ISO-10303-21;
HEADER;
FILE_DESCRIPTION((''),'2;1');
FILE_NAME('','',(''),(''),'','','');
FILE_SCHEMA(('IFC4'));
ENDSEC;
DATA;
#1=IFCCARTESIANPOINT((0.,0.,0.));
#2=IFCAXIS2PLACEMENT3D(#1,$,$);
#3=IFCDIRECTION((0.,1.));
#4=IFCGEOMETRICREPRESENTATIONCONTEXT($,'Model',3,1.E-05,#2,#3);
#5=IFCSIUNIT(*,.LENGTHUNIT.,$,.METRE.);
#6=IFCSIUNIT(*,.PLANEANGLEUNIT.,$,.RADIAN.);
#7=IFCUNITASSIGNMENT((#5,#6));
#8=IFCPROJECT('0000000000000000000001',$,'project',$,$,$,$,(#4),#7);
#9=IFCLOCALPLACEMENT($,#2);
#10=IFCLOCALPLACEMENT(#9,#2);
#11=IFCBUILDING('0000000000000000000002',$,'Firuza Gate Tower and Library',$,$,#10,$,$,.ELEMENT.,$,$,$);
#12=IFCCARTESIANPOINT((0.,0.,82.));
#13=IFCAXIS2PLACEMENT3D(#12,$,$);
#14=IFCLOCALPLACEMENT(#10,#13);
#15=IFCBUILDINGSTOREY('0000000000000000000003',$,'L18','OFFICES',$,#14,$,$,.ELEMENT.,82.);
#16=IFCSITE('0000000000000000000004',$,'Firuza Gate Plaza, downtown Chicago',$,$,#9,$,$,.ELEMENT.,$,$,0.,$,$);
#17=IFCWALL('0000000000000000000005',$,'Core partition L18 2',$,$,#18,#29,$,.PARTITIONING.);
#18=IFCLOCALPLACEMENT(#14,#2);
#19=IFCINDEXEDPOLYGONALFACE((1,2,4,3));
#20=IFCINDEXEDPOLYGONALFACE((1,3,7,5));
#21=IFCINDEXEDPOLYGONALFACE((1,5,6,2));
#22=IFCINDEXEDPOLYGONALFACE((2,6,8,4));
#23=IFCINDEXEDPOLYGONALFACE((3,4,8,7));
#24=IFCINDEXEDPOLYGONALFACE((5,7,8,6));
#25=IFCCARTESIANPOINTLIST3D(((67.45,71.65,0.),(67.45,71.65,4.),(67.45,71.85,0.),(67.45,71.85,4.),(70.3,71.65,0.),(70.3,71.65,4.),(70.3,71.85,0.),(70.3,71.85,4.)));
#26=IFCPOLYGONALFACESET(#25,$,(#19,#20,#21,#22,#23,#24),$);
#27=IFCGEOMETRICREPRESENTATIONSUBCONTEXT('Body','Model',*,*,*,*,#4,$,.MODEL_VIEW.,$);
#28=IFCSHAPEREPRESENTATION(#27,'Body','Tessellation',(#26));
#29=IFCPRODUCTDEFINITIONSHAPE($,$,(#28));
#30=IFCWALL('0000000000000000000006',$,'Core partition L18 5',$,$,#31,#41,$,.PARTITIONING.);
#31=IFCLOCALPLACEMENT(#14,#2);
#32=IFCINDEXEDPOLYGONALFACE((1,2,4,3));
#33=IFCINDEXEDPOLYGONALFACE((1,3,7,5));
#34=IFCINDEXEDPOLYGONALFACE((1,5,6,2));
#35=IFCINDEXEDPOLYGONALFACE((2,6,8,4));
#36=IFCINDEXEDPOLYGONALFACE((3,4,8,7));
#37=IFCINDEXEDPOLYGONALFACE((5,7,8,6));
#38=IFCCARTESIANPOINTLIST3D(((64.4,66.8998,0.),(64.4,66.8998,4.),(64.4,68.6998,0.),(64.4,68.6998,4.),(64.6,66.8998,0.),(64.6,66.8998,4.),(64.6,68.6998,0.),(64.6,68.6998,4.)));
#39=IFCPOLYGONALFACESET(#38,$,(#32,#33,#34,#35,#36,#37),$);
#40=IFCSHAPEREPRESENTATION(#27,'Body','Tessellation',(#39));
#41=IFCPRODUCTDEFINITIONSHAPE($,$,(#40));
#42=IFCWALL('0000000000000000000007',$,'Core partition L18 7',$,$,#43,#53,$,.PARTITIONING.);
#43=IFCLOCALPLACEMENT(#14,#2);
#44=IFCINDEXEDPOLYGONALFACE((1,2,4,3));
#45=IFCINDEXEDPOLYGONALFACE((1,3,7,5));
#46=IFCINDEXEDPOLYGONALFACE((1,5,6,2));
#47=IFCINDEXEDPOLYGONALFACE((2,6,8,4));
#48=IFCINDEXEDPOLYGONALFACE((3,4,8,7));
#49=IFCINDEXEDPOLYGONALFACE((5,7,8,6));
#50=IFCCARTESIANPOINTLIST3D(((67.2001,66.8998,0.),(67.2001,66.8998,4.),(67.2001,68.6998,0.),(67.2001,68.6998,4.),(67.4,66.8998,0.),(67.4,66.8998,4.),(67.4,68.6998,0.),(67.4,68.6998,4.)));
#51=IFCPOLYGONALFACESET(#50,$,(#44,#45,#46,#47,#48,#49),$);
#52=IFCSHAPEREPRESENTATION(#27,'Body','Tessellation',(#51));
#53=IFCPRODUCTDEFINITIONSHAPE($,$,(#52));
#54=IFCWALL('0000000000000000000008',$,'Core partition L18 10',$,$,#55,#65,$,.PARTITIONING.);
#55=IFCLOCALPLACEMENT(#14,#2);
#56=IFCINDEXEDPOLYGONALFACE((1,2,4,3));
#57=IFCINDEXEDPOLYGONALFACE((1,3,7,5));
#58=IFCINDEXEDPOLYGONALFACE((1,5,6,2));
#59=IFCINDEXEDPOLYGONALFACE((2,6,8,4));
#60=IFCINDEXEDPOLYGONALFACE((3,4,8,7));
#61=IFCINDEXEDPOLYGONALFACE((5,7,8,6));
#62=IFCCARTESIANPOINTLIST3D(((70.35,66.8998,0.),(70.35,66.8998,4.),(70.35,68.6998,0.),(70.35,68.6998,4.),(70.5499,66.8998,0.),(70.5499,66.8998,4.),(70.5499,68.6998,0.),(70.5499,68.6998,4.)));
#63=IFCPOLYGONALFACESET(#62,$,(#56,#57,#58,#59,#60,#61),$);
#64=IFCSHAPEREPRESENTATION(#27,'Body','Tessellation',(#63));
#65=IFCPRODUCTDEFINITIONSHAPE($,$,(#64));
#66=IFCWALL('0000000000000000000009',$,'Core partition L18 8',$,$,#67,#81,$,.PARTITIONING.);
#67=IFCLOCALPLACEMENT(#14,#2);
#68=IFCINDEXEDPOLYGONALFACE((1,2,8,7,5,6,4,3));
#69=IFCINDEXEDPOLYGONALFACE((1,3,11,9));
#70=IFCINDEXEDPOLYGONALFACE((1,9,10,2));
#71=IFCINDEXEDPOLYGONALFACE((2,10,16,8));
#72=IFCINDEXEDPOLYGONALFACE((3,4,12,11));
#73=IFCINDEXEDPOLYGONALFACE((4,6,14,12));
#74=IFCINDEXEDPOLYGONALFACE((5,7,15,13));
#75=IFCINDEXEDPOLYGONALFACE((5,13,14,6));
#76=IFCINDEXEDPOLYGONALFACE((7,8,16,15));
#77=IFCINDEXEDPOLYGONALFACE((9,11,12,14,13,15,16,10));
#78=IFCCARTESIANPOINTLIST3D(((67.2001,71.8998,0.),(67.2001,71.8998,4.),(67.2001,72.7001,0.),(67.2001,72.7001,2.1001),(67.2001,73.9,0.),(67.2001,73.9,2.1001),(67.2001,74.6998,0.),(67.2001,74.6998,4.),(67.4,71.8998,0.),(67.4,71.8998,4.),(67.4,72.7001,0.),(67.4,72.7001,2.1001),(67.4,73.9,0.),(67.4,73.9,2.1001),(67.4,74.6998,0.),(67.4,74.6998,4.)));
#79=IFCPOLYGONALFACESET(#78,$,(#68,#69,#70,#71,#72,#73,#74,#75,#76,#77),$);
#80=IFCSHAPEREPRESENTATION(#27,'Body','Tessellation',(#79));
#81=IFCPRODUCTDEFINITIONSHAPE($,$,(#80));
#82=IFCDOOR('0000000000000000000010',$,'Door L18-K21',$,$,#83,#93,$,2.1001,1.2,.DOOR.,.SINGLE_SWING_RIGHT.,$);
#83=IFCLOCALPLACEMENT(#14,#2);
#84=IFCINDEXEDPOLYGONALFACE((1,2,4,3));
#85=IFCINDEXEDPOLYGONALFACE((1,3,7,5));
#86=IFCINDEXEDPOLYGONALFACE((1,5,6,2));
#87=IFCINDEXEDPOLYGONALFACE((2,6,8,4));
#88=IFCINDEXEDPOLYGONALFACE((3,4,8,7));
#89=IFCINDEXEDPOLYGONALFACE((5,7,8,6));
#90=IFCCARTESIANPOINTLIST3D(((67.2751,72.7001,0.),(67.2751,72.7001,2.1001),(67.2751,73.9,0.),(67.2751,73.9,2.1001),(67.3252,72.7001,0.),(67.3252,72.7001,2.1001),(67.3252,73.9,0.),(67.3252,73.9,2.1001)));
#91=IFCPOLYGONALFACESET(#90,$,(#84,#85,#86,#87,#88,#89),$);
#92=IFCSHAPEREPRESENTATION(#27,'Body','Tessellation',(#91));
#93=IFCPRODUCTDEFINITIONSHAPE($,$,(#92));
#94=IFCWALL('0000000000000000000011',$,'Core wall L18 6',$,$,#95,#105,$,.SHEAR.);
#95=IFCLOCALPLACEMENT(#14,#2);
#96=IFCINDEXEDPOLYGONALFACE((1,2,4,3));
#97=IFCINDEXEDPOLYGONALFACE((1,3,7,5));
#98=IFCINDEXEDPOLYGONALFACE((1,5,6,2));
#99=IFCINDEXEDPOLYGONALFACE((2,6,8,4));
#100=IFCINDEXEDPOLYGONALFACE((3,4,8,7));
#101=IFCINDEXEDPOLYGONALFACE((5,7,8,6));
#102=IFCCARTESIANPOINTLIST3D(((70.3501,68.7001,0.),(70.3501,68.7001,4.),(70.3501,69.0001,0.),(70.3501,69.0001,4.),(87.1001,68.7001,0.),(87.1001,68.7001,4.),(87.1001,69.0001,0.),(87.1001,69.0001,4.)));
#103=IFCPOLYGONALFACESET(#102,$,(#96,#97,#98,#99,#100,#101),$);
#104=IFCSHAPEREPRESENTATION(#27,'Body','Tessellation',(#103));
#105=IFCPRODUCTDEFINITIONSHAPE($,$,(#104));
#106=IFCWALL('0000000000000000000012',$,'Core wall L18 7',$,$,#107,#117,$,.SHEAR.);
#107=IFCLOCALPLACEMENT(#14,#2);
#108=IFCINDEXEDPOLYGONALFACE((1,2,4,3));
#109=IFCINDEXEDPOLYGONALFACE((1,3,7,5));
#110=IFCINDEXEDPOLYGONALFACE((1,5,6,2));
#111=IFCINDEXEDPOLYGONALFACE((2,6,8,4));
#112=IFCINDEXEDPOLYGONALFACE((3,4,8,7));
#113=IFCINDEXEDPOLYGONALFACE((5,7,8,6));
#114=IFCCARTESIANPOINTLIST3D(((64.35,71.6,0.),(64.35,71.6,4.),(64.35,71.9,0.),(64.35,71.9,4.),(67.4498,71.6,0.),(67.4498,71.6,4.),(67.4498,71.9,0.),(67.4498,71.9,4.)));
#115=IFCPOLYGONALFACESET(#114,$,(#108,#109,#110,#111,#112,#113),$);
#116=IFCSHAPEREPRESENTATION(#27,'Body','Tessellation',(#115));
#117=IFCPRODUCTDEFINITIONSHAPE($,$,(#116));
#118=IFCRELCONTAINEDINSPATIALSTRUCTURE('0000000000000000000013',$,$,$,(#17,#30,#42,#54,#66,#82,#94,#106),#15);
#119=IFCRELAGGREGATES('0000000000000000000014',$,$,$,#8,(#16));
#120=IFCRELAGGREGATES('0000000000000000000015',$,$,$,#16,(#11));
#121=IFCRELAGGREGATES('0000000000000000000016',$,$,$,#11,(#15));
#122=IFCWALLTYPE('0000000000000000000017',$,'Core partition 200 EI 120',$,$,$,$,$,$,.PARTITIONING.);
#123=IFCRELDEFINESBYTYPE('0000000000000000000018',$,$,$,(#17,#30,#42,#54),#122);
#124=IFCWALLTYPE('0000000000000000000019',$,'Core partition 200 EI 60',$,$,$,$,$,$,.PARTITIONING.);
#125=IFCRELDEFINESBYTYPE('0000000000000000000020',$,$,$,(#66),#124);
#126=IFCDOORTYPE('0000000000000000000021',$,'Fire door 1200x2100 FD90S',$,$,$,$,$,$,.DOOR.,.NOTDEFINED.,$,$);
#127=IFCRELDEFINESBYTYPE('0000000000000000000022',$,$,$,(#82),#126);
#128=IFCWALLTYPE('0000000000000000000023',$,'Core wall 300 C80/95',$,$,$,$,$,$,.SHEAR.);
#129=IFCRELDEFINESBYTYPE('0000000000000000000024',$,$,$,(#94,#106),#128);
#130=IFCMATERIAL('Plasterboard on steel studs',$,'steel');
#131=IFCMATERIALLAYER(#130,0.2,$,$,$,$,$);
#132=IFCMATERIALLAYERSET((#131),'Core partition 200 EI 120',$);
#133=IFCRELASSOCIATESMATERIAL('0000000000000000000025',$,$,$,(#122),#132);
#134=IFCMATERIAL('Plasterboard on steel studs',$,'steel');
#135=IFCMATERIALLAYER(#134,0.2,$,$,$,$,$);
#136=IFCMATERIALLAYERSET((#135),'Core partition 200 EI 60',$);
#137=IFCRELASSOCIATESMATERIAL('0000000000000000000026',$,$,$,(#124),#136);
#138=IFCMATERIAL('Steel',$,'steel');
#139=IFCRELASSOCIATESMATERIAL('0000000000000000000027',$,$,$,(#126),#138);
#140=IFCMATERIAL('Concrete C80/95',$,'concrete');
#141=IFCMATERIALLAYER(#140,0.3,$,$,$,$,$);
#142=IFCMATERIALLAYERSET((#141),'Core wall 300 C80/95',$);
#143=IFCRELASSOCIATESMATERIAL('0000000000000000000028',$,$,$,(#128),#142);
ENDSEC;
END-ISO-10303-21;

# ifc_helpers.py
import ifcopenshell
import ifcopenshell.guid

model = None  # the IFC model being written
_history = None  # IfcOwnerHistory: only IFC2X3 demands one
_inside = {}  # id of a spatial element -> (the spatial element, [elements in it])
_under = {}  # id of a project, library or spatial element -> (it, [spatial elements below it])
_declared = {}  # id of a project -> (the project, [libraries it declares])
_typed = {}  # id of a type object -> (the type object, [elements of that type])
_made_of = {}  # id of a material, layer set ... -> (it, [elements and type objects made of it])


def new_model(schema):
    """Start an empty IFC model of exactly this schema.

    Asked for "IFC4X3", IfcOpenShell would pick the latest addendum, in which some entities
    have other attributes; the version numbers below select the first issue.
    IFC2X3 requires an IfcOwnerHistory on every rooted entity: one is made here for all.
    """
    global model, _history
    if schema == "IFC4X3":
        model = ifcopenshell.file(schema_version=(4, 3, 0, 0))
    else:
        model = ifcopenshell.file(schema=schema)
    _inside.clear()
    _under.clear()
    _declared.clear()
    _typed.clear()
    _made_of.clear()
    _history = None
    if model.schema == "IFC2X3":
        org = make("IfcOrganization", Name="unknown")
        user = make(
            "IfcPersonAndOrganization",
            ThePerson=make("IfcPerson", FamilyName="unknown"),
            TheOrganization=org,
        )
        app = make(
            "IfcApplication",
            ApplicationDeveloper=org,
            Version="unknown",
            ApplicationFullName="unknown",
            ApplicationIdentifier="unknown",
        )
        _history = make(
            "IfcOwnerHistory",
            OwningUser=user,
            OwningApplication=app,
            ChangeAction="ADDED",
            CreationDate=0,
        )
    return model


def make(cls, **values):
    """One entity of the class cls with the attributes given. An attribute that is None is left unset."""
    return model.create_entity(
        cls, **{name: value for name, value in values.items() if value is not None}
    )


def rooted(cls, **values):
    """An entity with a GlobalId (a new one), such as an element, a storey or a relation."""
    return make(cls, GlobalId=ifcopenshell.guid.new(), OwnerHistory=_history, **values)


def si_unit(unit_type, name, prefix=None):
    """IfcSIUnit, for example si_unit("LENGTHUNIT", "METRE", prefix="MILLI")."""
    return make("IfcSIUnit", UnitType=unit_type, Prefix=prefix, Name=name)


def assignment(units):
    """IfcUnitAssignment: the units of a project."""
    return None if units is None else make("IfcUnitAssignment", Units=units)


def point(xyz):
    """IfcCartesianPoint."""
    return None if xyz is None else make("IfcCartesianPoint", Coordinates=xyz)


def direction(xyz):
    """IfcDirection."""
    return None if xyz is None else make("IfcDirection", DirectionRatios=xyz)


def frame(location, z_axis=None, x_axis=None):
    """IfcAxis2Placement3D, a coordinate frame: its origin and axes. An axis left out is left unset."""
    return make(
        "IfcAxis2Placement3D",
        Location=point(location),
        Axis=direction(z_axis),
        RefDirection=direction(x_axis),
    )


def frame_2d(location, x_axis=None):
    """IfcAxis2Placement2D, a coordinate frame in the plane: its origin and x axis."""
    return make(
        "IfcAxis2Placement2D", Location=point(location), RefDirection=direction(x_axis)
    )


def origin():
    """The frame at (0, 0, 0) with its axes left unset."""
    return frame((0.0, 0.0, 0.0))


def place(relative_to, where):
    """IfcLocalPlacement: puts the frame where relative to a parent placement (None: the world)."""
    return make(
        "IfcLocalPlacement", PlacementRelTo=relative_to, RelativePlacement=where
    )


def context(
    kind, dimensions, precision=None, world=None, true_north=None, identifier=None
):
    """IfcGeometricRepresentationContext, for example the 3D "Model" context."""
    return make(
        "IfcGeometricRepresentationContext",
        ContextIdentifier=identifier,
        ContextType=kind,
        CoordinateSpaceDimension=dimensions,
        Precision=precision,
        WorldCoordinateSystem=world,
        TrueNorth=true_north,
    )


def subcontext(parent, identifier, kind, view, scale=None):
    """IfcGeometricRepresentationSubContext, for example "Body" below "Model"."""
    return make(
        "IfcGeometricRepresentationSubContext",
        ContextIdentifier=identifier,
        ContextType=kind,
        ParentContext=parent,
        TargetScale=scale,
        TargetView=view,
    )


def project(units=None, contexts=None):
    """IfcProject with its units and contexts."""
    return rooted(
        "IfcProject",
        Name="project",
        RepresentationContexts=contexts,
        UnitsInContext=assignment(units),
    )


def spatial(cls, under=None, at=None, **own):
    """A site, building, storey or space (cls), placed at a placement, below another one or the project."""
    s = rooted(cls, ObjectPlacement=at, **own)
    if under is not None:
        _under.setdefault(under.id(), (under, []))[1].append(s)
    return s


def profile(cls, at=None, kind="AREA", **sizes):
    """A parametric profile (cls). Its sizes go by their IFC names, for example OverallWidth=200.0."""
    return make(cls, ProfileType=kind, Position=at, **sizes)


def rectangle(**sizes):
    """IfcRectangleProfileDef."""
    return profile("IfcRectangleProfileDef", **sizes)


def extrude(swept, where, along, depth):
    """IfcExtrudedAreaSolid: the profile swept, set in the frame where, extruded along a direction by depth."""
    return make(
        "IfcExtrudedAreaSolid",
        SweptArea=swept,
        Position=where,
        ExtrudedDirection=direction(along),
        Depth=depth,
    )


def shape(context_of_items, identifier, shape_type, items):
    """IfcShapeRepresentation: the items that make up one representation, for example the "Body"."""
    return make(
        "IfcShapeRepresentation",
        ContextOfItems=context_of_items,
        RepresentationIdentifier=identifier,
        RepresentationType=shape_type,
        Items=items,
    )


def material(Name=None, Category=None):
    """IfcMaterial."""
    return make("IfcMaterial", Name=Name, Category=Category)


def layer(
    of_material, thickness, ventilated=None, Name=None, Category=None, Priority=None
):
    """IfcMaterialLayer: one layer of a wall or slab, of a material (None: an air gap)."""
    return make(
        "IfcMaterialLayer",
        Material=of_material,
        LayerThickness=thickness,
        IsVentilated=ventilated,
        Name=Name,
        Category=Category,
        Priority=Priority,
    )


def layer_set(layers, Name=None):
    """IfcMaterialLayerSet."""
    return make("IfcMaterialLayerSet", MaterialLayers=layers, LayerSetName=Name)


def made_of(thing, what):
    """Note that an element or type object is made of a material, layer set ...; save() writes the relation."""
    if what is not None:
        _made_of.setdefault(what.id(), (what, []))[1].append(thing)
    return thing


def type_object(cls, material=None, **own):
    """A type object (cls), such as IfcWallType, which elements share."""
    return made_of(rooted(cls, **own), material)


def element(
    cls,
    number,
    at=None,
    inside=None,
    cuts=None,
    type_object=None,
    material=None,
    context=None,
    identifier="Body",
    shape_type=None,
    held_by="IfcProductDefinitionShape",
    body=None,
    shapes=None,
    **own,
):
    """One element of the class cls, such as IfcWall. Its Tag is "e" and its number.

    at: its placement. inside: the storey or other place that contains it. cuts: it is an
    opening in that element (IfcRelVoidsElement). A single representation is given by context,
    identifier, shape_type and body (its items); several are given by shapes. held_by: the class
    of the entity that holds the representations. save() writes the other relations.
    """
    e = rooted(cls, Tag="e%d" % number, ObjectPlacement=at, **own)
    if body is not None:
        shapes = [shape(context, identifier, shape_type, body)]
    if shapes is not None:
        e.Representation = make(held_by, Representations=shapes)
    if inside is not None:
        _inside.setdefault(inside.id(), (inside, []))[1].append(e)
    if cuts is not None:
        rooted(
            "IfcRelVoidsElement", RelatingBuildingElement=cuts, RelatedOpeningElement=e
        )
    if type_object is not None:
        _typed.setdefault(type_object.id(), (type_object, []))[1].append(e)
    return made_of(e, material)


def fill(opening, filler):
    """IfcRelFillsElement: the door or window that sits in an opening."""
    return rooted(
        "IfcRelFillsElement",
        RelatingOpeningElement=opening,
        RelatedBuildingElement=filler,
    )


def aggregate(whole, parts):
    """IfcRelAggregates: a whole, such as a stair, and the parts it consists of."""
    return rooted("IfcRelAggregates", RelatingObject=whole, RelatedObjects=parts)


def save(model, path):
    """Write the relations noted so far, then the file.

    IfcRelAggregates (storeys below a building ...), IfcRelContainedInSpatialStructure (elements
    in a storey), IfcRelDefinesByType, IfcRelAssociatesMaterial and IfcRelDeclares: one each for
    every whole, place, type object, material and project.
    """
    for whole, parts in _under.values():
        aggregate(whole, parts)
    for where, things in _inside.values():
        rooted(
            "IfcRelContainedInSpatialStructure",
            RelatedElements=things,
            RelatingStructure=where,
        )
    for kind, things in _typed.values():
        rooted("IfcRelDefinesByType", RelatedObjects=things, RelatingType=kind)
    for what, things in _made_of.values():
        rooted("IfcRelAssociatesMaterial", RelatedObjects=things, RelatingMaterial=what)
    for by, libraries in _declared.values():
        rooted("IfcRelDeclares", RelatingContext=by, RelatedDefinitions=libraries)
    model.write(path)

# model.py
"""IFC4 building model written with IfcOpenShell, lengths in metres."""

from ifc_helpers import new_model, si_unit, direction, frame, frame_2d, origin, place, context, subcontext, project, spatial, rectangle, extrude, material, layer, layer_set, type_object, element, fill, save


model = new_model("IFC4")

# Units and contexts
model_context = context("Model", 3, precision=1e-05, world=origin(), true_north=direction((0.0, 1.0)))
body_context = subcontext(model_context, "Body", "Model", "MODEL_VIEW")
ifc_project = project(units=[si_unit("LENGTHUNIT", "METRE"), si_unit("PLANEANGLEUNIT", "RADIAN")], contexts=[model_context])

# Site, building, storey
site_placement = place(None, origin())
site = spatial("IfcSite", under=ifc_project, at=site_placement, Name="Firuza Gate Plaza, downtown Chicago", CompositionType="ELEMENT", RefElevation=0.0)
building_placement = place(site_placement, origin())
building = spatial("IfcBuilding", under=site, at=building_placement, Name="Firuza Gate Tower and Library", CompositionType="ELEMENT")
storey_placement = place(building_placement, frame((0.0, 0.0, 82.0)))
storey = spatial("IfcBuildingStorey", under=building, at=storey_placement, Name="L18", Description="OFFICES", CompositionType="ELEMENT", Elevation=82.0)

# Walls
ifc_material_1 = material(Name="Plasterboard on steel studs", Category="steel")
ifc_layer_1 = layer(ifc_material_1, 0.2)
ifc_layer_set_1 = layer_set([ifc_layer_1], Name="Core partition 200 EI 120")
wall_type_1 = type_object("IfcWallType", Name="Core partition 200 EI 120", PredefinedType="PARTITIONING", material=ifc_layer_set_1)
wall_1_placement = place(storey_placement, frame((67.45, 71.75, 0.0), z_axis=(0.0, 0.0, 1.0), x_axis=(1.0, 0.0, 0.0)))
element("IfcWall", 1, at=wall_1_placement, inside=storey, type_object=wall_type_1, Name="Core partition L18 2", PredefinedType="PARTITIONING", context=body_context, shape_type="SweptSolid", body=[
    extrude(rectangle(XDim=2.8501, YDim=0.2, at=frame_2d((1.425, 0.0))), origin(), (0.0, 0.0, 1.0), 4.0),
])
for number, where, z_axis, x_axis, name in (
    (2, (64.5, 66.8999, 0.0), (0.0, 0.0, 1.0), (0.0, 1.0, 0.0), "Core partition L18 5"),
    (3, (67.3, 66.8999, 0.0), (0.0, 0.0, 1.0), (0.0, 1.0, 0.0), "Core partition L18 7"),
    (4, (70.45, 66.8999, 0.0), (0.0, 0.0, 1.0), (0.0, 1.0, 0.0), "Core partition L18 10"),
):
    element("IfcWall", number, at=place(storey_placement, frame(where, z_axis=z_axis, x_axis=x_axis)), inside=storey, type_object=wall_type_1, Name=name, PredefinedType="PARTITIONING", context=body_context, shape_type="SweptSolid", body=[
        extrude(rectangle(XDim=1.8, YDim=0.2, at=frame_2d((0.8999, 0.0))), origin(), (0.0, 0.0, 1.0), 4.0),
    ])

# Wall, opening, door
ifc_material_2 = material(Name="Plasterboard on steel studs", Category="steel")
ifc_layer_2 = layer(ifc_material_2, 0.2)
ifc_layer_set_2 = layer_set([ifc_layer_2], Name="Core partition 200 EI 60")
wall_type_2 = type_object("IfcWallType", Name="Core partition 200 EI 60", PredefinedType="PARTITIONING", material=ifc_layer_set_2)
wall_2_placement = place(storey_placement, frame((67.3, 71.8999, 0.0), z_axis=(0.0, 0.0, 1.0), x_axis=(0.0, 1.0, 0.0)))
wall_2 = element("IfcWall", 5, at=wall_2_placement, inside=storey, type_object=wall_type_2, Name="Core partition L18 8", PredefinedType="PARTITIONING", context=body_context, shape_type="SweptSolid", body=[
    extrude(rectangle(XDim=2.8, YDim=0.2, at=frame_2d((1.3999, 0.0))), origin(), (0.0, 0.0, 1.0), 4.0),
])
opening_1_placement = place(wall_2_placement, frame((0.8, 0.0, 0.0)))
opening_1 = element("IfcOpeningElement", 6, at=opening_1_placement, cuts=wall_2, PredefinedType="OPENING", context=body_context, shape_type="SweptSolid", body=[
    extrude(rectangle(XDim=1.2, YDim=2.1001, at=frame_2d((0.6001, 1.05))), frame((0.0, 0.1099, 0.0), z_axis=(0.0, -1.0, 0.0), x_axis=(1.0, 0.0, 0.0)), (0.0, 0.0, 1.0), 0.22),
])
ifc_material_3 = material(Name="Steel", Category="steel")
door_type_1 = type_object("IfcDoorType", Name="Fire door 1200x2100 FD90S", OperationType="NOTDEFINED", PredefinedType="DOOR", material=ifc_material_3)
door_1_placement = place(opening_1_placement, origin())
door_1 = element("IfcDoor", 7, at=door_1_placement, inside=storey, type_object=door_type_1, Name="Door L18-K21", OperationType="SINGLE_SWING_RIGHT", OverallHeight=2.1001, OverallWidth=1.2, PredefinedType="DOOR", context=body_context, shape_type="SweptSolid", body=[
    extrude(rectangle(XDim=1.2, YDim=2.1001, at=frame_2d((0.6001, 1.05))), frame((0.0, 0.0249, 0.0), z_axis=(0.0, -1.0, 0.0), x_axis=(1.0, 0.0, 0.0)), (0.0, 0.0, 1.0), 0.05),
])
fill(opening_1, door_1)

# Walls
ifc_material_4 = material(Name="Concrete C80/95", Category="concrete")
ifc_layer_3 = layer(ifc_material_4, 0.3)
ifc_layer_set_3 = layer_set([ifc_layer_3], Name="Core wall 300 C80/95")
wall_type_3 = type_object("IfcWallType", Name="Core wall 300 C80/95", PredefinedType="SHEAR", material=ifc_layer_set_3)
wall_3_placement = place(storey_placement, frame((70.3501, 68.8501, 0.0), z_axis=(0.0, 0.0, 1.0), x_axis=(1.0, 0.0, 0.0)))
element("IfcWall", 8, at=wall_3_placement, inside=storey, type_object=wall_type_3, Name="Core wall L18 6", PredefinedType="SHEAR", context=body_context, shape_type="SweptSolid", body=[
    extrude(rectangle(XDim=16.75, YDim=0.3, at=frame_2d((8.375, 0.0))), origin(), (0.0, 0.0, 1.0), 4.0),
])
wall_4_placement = place(storey_placement, frame((64.3501, 71.75, 0.0), z_axis=(0.0, 0.0, 1.0), x_axis=(1.0, 0.0, 0.0)))
element("IfcWall", 9, at=wall_4_placement, inside=storey, type_object=wall_type_3, Name="Core wall L18 7", PredefinedType="SHEAR", context=body_context, shape_type="SweptSolid", body=[
    extrude(rectangle(XDim=3.0999, YDim=0.3, at=frame_2d((1.5498, 0.0))), origin(), (0.0, 0.0, 1.0), 4.0),
])

save(model, "model.ifc")
